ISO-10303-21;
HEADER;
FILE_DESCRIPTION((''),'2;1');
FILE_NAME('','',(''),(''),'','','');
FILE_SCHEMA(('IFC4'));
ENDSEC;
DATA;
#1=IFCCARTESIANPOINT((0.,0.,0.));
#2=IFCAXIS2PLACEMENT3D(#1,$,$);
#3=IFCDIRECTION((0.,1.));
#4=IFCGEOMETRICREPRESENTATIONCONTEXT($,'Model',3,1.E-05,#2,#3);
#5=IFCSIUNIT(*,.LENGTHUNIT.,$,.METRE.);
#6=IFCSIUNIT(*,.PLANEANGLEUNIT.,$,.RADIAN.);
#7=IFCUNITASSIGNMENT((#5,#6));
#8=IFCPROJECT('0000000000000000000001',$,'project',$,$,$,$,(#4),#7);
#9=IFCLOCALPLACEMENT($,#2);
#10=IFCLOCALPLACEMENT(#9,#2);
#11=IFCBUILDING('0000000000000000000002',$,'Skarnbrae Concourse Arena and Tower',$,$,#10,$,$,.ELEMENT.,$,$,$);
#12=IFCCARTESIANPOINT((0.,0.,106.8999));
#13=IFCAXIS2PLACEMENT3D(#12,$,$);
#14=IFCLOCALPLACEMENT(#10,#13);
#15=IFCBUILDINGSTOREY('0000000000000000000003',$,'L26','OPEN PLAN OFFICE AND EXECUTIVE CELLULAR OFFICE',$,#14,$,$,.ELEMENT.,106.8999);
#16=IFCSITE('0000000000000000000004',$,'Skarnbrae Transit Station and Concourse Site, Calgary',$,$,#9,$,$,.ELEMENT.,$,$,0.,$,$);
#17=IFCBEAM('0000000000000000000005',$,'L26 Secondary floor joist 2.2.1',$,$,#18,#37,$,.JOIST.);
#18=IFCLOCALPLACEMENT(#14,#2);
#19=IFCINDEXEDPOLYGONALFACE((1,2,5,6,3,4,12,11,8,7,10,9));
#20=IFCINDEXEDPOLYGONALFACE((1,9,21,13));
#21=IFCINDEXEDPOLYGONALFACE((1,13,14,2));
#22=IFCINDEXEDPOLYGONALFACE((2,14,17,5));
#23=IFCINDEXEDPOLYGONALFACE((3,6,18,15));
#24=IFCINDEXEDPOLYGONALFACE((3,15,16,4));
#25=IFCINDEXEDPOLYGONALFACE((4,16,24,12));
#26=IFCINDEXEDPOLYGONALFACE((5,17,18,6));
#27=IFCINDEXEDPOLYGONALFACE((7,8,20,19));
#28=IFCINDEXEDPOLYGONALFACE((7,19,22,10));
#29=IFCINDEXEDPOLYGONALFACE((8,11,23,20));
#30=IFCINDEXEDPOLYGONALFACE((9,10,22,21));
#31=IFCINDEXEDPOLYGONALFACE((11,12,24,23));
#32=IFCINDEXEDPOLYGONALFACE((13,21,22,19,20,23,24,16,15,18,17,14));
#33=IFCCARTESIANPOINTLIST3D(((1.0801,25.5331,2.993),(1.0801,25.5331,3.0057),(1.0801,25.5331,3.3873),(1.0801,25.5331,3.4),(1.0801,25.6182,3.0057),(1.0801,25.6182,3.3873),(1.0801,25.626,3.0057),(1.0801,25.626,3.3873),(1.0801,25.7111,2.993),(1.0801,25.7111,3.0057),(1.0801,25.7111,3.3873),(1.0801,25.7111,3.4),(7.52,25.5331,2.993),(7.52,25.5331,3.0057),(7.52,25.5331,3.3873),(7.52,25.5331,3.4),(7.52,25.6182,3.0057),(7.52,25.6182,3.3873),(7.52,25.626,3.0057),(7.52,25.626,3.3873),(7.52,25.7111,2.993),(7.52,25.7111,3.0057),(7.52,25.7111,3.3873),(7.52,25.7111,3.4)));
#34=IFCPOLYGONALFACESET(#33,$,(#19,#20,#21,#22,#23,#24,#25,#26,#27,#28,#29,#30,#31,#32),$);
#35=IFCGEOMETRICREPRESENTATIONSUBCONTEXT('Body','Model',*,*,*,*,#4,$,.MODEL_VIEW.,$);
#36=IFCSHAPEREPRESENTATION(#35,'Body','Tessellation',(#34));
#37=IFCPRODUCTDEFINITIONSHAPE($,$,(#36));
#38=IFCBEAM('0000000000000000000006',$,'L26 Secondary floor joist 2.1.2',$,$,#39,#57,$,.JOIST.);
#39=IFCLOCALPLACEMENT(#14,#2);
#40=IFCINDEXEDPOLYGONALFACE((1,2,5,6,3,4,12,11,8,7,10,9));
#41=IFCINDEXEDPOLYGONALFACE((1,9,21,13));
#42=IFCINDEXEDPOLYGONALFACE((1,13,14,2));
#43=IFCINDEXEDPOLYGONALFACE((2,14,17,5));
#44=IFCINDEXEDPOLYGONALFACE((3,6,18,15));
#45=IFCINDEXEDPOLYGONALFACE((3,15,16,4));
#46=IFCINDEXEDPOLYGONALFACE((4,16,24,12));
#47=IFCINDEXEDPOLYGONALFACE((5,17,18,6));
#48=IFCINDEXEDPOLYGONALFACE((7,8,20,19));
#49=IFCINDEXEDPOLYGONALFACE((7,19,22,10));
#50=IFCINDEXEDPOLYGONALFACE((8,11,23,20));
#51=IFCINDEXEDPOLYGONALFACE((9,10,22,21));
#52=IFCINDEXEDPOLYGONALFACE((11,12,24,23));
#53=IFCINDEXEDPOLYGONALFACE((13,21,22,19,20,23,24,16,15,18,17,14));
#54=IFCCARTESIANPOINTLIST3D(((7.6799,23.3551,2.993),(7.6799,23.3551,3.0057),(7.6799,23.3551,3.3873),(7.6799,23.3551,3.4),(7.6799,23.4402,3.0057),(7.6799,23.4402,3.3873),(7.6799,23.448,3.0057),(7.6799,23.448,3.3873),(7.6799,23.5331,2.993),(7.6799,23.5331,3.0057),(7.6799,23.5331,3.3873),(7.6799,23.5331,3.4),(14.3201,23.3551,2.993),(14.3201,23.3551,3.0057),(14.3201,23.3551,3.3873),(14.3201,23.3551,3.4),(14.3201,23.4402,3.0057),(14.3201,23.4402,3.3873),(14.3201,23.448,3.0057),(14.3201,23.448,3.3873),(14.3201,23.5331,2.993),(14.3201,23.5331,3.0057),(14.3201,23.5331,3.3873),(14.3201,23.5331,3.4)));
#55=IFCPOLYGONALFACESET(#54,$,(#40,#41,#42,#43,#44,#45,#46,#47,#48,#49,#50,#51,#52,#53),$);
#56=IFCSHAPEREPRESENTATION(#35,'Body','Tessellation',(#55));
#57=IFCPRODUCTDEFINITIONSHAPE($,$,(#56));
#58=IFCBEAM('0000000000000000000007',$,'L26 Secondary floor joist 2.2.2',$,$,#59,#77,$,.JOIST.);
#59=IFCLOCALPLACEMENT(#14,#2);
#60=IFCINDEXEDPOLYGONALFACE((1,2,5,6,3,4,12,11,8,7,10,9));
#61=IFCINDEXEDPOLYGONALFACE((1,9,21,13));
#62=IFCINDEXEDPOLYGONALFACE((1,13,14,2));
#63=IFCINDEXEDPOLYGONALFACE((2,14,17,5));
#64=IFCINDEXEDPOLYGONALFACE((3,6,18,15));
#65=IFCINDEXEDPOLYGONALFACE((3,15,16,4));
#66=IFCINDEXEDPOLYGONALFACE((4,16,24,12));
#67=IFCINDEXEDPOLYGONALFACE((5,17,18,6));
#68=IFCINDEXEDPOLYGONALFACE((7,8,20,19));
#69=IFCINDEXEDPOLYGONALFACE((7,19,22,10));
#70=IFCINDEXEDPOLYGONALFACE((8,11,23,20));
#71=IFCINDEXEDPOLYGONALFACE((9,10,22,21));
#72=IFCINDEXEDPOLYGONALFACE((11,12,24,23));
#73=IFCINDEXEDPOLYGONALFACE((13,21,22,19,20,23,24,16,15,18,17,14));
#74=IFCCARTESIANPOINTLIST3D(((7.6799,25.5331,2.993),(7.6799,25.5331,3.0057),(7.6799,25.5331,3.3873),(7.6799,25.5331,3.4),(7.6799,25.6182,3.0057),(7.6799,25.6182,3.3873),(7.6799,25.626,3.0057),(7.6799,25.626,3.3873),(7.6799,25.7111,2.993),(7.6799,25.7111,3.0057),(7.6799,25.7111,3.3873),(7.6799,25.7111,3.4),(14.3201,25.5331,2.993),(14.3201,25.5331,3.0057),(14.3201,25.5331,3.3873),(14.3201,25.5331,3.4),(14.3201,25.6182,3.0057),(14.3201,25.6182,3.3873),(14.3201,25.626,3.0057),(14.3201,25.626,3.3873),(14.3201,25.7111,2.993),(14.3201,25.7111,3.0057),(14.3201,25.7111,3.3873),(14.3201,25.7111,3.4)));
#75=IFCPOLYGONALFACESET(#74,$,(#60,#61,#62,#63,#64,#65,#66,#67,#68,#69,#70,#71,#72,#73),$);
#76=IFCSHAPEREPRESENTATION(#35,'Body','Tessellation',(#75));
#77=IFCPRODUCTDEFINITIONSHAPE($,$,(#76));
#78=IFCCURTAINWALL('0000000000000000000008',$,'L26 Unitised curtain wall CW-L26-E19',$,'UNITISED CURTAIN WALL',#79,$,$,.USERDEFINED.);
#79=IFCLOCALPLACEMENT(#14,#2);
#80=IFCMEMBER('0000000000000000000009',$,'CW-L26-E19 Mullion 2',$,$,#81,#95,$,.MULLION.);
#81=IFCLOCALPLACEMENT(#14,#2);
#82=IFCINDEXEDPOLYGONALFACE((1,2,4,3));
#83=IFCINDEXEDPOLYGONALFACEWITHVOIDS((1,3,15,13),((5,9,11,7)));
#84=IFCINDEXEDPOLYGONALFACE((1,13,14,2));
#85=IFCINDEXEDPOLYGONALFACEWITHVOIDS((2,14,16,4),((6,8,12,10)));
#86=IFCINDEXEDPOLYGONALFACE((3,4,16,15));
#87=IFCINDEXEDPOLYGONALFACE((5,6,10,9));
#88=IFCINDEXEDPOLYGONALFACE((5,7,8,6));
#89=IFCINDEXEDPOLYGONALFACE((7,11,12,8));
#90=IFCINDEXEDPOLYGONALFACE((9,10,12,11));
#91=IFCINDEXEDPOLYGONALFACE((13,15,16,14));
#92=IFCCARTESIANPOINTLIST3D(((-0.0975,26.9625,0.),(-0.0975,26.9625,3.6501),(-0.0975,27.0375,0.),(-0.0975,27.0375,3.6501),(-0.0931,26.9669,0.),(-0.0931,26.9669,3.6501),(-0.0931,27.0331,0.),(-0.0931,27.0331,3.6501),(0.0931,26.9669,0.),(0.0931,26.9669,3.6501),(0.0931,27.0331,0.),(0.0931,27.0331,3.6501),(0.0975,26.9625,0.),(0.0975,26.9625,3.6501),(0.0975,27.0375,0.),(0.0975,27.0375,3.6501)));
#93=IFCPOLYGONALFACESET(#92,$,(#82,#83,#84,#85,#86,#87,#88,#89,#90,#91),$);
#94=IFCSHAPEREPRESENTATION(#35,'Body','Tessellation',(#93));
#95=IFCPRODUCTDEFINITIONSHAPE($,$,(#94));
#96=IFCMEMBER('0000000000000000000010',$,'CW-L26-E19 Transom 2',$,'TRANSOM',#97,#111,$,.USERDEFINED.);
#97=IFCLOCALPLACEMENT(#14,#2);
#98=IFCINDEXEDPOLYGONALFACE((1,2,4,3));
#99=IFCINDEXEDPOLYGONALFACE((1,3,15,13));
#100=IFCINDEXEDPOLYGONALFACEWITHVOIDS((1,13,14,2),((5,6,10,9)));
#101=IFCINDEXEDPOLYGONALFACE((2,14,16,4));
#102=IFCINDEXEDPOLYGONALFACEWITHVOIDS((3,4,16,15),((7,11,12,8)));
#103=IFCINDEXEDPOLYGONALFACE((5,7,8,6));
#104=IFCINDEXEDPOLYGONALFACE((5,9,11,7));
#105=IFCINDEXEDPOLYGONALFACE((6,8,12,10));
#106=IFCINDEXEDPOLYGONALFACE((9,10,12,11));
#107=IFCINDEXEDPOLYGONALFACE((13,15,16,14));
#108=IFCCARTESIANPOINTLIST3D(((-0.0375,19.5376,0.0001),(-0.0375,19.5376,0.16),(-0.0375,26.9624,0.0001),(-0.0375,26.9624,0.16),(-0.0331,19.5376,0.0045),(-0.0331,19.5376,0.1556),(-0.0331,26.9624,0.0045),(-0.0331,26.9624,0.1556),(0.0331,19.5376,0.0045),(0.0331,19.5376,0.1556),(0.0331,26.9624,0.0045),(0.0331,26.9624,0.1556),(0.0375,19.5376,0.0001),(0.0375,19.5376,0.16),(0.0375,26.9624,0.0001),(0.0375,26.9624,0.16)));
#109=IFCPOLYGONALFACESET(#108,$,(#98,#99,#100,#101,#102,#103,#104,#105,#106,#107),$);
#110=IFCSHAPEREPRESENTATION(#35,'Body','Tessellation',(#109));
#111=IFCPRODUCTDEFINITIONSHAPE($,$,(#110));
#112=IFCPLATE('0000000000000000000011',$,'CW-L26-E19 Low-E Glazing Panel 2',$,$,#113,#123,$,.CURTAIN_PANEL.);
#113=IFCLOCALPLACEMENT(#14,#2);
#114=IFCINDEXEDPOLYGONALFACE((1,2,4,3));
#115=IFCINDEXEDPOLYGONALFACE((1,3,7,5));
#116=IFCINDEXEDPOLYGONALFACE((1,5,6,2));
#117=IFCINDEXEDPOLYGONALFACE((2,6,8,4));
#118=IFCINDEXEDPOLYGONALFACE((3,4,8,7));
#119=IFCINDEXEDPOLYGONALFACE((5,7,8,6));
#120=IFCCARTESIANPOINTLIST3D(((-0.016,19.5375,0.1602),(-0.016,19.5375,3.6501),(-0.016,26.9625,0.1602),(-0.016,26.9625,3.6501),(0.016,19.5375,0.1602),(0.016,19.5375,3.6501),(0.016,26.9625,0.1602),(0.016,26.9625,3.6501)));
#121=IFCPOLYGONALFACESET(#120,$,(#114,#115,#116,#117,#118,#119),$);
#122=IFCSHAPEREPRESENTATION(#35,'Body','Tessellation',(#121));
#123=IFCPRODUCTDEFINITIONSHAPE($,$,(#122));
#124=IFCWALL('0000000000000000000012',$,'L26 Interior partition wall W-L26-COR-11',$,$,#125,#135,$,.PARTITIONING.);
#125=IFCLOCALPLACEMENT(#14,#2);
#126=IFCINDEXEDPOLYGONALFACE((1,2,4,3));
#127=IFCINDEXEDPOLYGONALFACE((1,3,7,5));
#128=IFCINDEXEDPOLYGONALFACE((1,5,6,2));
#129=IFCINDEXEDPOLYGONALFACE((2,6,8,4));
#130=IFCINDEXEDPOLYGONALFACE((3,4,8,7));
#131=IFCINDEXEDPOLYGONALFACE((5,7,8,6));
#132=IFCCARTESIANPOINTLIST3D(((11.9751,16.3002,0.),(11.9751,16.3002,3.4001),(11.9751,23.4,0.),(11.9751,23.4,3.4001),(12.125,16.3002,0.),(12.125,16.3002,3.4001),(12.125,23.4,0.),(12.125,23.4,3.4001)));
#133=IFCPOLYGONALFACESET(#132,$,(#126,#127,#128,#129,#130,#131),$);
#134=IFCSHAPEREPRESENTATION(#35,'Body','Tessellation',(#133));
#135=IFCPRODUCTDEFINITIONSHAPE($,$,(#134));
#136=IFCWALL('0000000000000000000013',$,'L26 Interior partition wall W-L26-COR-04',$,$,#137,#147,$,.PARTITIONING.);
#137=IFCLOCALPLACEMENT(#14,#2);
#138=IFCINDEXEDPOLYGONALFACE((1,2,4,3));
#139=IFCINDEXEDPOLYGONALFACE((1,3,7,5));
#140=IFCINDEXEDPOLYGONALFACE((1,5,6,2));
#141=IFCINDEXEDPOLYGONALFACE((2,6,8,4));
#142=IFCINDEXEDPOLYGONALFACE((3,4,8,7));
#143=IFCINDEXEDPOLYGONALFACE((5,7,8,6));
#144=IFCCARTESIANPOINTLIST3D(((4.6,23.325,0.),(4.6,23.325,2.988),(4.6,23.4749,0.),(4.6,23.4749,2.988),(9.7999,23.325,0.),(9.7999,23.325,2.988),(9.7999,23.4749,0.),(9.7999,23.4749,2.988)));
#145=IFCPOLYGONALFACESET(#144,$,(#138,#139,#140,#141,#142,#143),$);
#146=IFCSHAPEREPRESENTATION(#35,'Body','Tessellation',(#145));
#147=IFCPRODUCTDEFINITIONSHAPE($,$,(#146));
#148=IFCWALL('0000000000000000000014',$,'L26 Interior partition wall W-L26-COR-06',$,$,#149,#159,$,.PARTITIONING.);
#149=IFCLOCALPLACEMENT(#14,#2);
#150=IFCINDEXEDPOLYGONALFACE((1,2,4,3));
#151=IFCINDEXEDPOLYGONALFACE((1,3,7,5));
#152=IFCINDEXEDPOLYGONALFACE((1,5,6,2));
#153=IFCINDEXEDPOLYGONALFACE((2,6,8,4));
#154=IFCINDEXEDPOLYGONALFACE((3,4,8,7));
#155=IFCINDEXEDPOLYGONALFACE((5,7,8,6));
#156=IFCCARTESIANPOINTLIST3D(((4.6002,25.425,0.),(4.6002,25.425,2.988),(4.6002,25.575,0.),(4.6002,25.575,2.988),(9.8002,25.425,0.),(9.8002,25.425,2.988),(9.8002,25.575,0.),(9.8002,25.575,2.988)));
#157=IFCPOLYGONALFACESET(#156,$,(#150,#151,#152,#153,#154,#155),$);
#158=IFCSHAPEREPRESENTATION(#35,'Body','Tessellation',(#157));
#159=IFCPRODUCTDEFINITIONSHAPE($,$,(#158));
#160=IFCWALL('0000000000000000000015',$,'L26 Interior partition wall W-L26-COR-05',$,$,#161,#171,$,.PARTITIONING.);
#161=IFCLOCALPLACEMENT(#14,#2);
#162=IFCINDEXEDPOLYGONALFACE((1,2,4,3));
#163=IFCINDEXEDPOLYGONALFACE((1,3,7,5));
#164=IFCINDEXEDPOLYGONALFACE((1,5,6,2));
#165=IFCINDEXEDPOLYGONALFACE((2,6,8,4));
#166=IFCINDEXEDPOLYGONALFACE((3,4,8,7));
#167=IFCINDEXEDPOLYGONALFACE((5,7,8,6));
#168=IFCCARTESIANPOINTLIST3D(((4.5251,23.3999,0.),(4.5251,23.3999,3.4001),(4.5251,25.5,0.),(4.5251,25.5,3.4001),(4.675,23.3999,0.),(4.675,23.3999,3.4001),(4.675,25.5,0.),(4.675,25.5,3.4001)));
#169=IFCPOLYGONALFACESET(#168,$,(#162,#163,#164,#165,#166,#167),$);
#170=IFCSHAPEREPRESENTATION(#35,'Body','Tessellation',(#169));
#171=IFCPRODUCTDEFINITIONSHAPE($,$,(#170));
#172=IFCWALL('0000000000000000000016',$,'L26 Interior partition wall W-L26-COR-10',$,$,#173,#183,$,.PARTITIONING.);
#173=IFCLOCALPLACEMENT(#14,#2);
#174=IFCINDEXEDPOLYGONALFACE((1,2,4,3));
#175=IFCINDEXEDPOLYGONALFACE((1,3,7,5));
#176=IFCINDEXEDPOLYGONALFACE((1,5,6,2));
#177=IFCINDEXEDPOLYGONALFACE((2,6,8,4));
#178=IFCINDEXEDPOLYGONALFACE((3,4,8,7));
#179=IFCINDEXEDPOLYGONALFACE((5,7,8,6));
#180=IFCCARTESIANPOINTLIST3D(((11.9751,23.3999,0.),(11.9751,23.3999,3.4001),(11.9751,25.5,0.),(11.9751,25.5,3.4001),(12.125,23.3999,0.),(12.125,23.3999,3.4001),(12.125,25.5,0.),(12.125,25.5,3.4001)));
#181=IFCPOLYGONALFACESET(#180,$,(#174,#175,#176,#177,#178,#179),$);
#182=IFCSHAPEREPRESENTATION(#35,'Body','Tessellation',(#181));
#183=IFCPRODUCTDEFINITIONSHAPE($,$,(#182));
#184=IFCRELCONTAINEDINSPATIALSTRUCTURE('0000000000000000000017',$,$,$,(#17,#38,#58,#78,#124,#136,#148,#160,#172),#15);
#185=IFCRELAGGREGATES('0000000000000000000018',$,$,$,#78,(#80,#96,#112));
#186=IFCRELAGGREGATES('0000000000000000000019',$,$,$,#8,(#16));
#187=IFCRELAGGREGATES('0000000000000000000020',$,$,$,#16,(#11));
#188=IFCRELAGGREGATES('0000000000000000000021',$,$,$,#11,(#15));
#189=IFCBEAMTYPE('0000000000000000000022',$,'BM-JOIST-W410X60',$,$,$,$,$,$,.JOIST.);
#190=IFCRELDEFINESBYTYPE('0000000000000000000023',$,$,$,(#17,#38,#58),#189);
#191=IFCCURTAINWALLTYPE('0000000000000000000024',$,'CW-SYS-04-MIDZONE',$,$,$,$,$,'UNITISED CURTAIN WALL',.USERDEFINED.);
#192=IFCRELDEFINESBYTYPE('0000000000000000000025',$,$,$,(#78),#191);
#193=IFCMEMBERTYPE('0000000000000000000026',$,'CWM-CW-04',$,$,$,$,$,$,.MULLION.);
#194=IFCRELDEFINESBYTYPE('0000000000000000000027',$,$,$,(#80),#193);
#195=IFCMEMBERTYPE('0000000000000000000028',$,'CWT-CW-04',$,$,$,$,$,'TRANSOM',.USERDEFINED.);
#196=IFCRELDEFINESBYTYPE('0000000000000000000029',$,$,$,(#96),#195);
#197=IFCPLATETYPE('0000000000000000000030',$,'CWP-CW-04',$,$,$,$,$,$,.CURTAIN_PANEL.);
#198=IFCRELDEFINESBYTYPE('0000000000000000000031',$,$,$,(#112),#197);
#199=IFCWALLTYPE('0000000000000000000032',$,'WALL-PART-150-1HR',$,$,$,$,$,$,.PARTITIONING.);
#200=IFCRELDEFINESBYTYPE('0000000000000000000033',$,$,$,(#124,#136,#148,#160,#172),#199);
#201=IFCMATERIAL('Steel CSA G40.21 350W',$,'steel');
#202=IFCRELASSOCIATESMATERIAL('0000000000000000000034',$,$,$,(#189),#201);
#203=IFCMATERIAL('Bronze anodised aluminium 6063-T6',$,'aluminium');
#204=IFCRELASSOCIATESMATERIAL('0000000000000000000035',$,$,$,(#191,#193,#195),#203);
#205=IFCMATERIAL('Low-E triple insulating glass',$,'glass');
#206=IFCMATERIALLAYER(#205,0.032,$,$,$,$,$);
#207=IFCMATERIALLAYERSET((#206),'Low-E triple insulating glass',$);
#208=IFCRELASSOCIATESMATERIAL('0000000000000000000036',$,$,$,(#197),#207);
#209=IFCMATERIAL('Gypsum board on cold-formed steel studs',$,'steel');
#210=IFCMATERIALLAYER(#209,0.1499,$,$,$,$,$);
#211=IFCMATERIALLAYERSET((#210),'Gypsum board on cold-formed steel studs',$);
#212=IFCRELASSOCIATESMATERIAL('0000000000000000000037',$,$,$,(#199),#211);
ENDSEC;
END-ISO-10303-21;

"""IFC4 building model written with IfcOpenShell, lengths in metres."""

from ifc_helpers import new_model, si_unit, direction, frame, frame_2d, origin, origin_2d, place, context, subcontext, project, spatial, rectangle, hollow_rectangle, i_section, extrude, source, transform, mapped, material, layer, layer_set, material_profile, profile_set, type_object, element, aggregate, save


model = new_model("IFC4")

# Units and contexts
model_context = context("Model", 3, precision=1e-05, world=origin(), true_north=direction((0.0, 1.0)))
body_context = subcontext(model_context, "Body", "Model", "MODEL_VIEW")
ifc_project = project(units=[si_unit("LENGTHUNIT", "METRE"), si_unit("PLANEANGLEUNIT", "RADIAN")], contexts=[model_context])

# Site, building, storey
site_placement = place(None, origin())
site = spatial("IfcSite", under=ifc_project, at=site_placement, Name="Skarnbrae Transit Station and Concourse Site, Calgary", CompositionType="ELEMENT", RefElevation=0.0)
building_placement = place(site_placement, origin())
building = spatial("IfcBuilding", under=site, at=building_placement, Name="Skarnbrae Concourse Arena and Tower", CompositionType="ELEMENT")
storey_placement = place(building_placement, frame((0.0, 0.0, 106.8999)))
storey = spatial("IfcBuildingStorey", under=building, at=storey_placement, Name="L26", Description="OPEN PLAN OFFICE AND EXECUTIVE CELLULAR OFFICE", CompositionType="ELEMENT", Elevation=106.8999)

# Shared definitions
ifc_material_1 = material(Name="Steel CSA G40.21 350W", Category="steel")

# Beams
ifc_material_profile_1 = material_profile(ifc_material_1, i_section(OverallWidth=0.178, OverallDepth=0.407, WebThickness=0.0078, FlangeThickness=0.0127, at=origin_2d()), Name="W410X60")
ifc_profile_set_1 = profile_set([ifc_material_profile_1], Name="Steel CSA G40.21 350W")
beam_type_1 = type_object("IfcBeamType", Name="BM-JOIST-W410X60", PredefinedType="JOIST", material=ifc_profile_set_1)
shared_shape_1 = source(origin(), body_context, "Body", "SweptSolid", [
    extrude(i_section(OverallWidth=0.178, OverallDepth=0.407, WebThickness=0.0078, FlangeThickness=0.0127, at=origin_2d()), origin(), (0.0, 0.0, 1.0), 6.4399),
])
for number, where, z_axis, x_axis, name in (
    (1, (1.0801, 25.6221, 3.1965), (1.0, 0.0, 0.0), (0.0, 1.0, 0.0), "L26 Secondary floor joist 2.2.1"),
):
    element("IfcBeam", number, at=place(storey_placement, frame(where, z_axis=z_axis, x_axis=x_axis)), inside=storey, type_object=beam_type_1, Name=name, PredefinedType="JOIST", context=body_context, shape_type="MappedRepresentation", body=[
        mapped(shared_shape_1, transform((0.0, 0.0, 0.0))),
    ])
shared_shape_2 = source(origin(), body_context, "Body", "SweptSolid", [
    extrude(i_section(OverallWidth=0.178, OverallDepth=0.407, WebThickness=0.0078, FlangeThickness=0.0127, at=origin_2d()), origin(), (0.0, 0.0, 1.0), 6.6401),
])
for number, where, z_axis, x_axis, name in (
    (2, (7.6799, 23.4441, 3.1965), (1.0, 0.0, 0.0), (0.0, 1.0, 0.0), "L26 Secondary floor joist 2.1.2"),
    (3, (7.6799, 25.6221, 3.1965), (1.0, 0.0, 0.0), (0.0, 1.0, 0.0), "L26 Secondary floor joist 2.2.2"),
):
    element("IfcBeam", number, at=place(storey_placement, frame(where, z_axis=z_axis, x_axis=x_axis)), inside=storey, type_object=beam_type_1, Name=name, PredefinedType="JOIST", context=body_context, shape_type="MappedRepresentation", body=[
        mapped(shared_shape_2, transform((0.0, 0.0, 0.0))),
    ])

# Curtain wall, members, plate
ifc_material_2 = material(Name="Bronze anodised aluminium 6063-T6", Category="aluminium")
curtain_wall_type = type_object("IfcCurtainWallType", Name="CW-SYS-04-MIDZONE", ElementType="UNITISED CURTAIN WALL", PredefinedType="USERDEFINED", material=ifc_material_2)
curtain_wall_placement = place(storey_placement, origin())
curtain_wall = element("IfcCurtainWall", 4, at=curtain_wall_placement, inside=storey, type_object=curtain_wall_type, Name="L26 Unitised curtain wall CW-L26-E19", ObjectType="UNITISED CURTAIN WALL", PredefinedType="USERDEFINED")
ifc_material_profile_2 = material_profile(ifc_material_2, hollow_rectangle(XDim=0.075, YDim=0.1951, WallThickness=0.0044, at=origin_2d()), Name="ALU-MULL-75X195")
ifc_profile_set_2 = profile_set([ifc_material_profile_2], Name="Bronze anodised aluminium 6063-T6")
member_type_1 = type_object("IfcMemberType", Name="CWM-CW-04", PredefinedType="MULLION", material=ifc_profile_set_2)
shared_shape_3 = source(origin(), body_context, "Body", "SweptSolid", [
    extrude(hollow_rectangle(XDim=0.075, YDim=0.1951, WallThickness=0.0044, at=origin_2d()), origin(), (0.0, 0.0, 1.0), 3.6501),
])
member_1_placement = place(storey_placement, frame((0.0, 27.0, 0.0), z_axis=(0.0, 0.0, 1.0), x_axis=(0.0, -1.0, 0.0)))
member_1 = element("IfcMember", 5, at=member_1_placement, type_object=member_type_1, Name="CW-L26-E19 Mullion 2", PredefinedType="MULLION", context=body_context, shape_type="MappedRepresentation", body=[
    mapped(shared_shape_3, transform((0.0, 0.0, 0.0))),
])
ifc_material_profile_3 = material_profile(ifc_material_2, hollow_rectangle(XDim=0.075, YDim=0.1599, WallThickness=0.0044, at=origin_2d()), Name="ALU-TRAN-75X160")
ifc_profile_set_3 = profile_set([ifc_material_profile_3], Name="Bronze anodised aluminium 6063-T6")
member_type_2 = type_object("IfcMemberType", Name="CWT-CW-04", ElementType="TRANSOM", PredefinedType="USERDEFINED", material=ifc_profile_set_3)
shared_shape_4 = source(origin(), body_context, "Body", "SweptSolid", [
    extrude(hollow_rectangle(XDim=0.075, YDim=0.1599, WallThickness=0.0044, at=origin_2d()), origin(), (0.0, 0.0, 1.0), 7.4248),
])
member_2_placement = place(storey_placement, frame((0.0, 26.9624, 0.0801), z_axis=(0.0, -1.0, 0.0), x_axis=(1.0, 0.0, 0.0)))
member_2 = element("IfcMember", 6, at=member_2_placement, type_object=member_type_2, Name="CW-L26-E19 Transom 2", ObjectType="TRANSOM", PredefinedType="USERDEFINED", context=body_context, shape_type="MappedRepresentation", body=[
    mapped(shared_shape_4, transform((0.0, 0.0, 0.0))),
])
ifc_material_3 = material(Name="Low-E triple insulating glass", Category="glass")
ifc_layer_1 = layer(ifc_material_3, 0.032)
ifc_layer_set_1 = layer_set([ifc_layer_1], Name="Low-E triple insulating glass")
plate_type = type_object("IfcPlateType", Name="CWP-CW-04", PredefinedType="CURTAIN_PANEL", material=ifc_layer_set_1)
shared_shape_5 = source(origin(), body_context, "Body", "SweptSolid", [
    extrude(rectangle(XDim=7.425, YDim=0.032, at=origin_2d()), origin(), (0.0, 0.0, 1.0), 3.49),
])
plate_placement = place(storey_placement, frame((0.0, 23.25, 0.1602), z_axis=(0.0, 0.0, 1.0), x_axis=(0.0, -1.0, 0.0)))
plate = element("IfcPlate", 7, at=plate_placement, type_object=plate_type, Name="CW-L26-E19 Low-E Glazing Panel 2", PredefinedType="CURTAIN_PANEL", context=body_context, shape_type="MappedRepresentation", body=[
    mapped(shared_shape_5, transform((0.0, 0.0, 0.0))),
])
aggregate(curtain_wall, [member_1, member_2, plate])

# Walls
ifc_material_4 = material(Name="Gypsum board on cold-formed steel studs", Category="steel")
ifc_layer_2 = layer(ifc_material_4, 0.1499)
ifc_layer_set_2 = layer_set([ifc_layer_2], Name="Gypsum board on cold-formed steel studs")
wall_type_1 = type_object("IfcWallType", Name="WALL-PART-150-1HR", PredefinedType="PARTITIONING", material=ifc_layer_set_2)
shared_shape_6 = source(origin(), body_context, "Body", "SweptSolid", [
    extrude(rectangle(XDim=7.0999, YDim=0.1499, at=frame_2d((3.5498, 0.0))), origin(), (0.0, 0.0, 1.0), 3.4001),
])
wall_1_placement = place(storey_placement, frame((12.05, 23.3999, 0.0), z_axis=(0.0, 0.0, 1.0), x_axis=(0.0, -1.0, 0.0)))
element("IfcWall", 8, at=wall_1_placement, inside=storey, type_object=wall_type_1, Name="L26 Interior partition wall W-L26-COR-11", PredefinedType="PARTITIONING", context=body_context, shape_type="MappedRepresentation", body=[
    mapped(shared_shape_6, transform((0.0, 0.0, 0.0))),
])
shared_shape_7 = source(origin(), body_context, "Body", "SweptSolid", [
    extrude(rectangle(XDim=5.2, YDim=0.1499, at=frame_2d((2.6001, 0.0))), origin(), (0.0, 0.0, 1.0), 2.988),
])
for number, where, z_axis, x_axis, name in (
    (9, (9.8, 23.3999, 0.0), (0.0, 0.0, 1.0), (-1.0, 0.0, 0.0), "L26 Interior partition wall W-L26-COR-04"),
    (10, (4.6001, 25.5, 0.0), (0.0, 0.0, 1.0), (1.0, 0.0, 0.0), "L26 Interior partition wall W-L26-COR-06"),
):
    element("IfcWall", number, at=place(storey_placement, frame(where, z_axis=z_axis, x_axis=x_axis)), inside=storey, type_object=wall_type_1, Name=name, PredefinedType="PARTITIONING", context=body_context, shape_type="MappedRepresentation", body=[
        mapped(shared_shape_7, transform((0.0, 0.0, 0.0))),
    ])
shared_shape_8 = source(origin(), body_context, "Body", "SweptSolid", [
    extrude(rectangle(XDim=2.1001, YDim=0.1499, at=frame_2d((1.05, 0.0))), origin(), (0.0, 0.0, 1.0), 3.4001),
])
for number, where, z_axis, x_axis, name in (
    (11, (4.6001, 23.3999, 0.0), (0.0, 0.0, 1.0), (0.0, 1.0, 0.0), "L26 Interior partition wall W-L26-COR-05"),
    (12, (12.05, 25.5, 0.0), (0.0, 0.0, 1.0), (0.0, -1.0, 0.0), "L26 Interior partition wall W-L26-COR-10"),
):
    element("IfcWall", number, at=place(storey_placement, frame(where, z_axis=z_axis, x_axis=x_axis)), inside=storey, type_object=wall_type_1, Name=name, PredefinedType="PARTITIONING", context=body_context, shape_type="MappedRepresentation", body=[
        mapped(shared_shape_8, transform((0.0, 0.0, 0.0))),
    ])

save(model, "model.ifc")
